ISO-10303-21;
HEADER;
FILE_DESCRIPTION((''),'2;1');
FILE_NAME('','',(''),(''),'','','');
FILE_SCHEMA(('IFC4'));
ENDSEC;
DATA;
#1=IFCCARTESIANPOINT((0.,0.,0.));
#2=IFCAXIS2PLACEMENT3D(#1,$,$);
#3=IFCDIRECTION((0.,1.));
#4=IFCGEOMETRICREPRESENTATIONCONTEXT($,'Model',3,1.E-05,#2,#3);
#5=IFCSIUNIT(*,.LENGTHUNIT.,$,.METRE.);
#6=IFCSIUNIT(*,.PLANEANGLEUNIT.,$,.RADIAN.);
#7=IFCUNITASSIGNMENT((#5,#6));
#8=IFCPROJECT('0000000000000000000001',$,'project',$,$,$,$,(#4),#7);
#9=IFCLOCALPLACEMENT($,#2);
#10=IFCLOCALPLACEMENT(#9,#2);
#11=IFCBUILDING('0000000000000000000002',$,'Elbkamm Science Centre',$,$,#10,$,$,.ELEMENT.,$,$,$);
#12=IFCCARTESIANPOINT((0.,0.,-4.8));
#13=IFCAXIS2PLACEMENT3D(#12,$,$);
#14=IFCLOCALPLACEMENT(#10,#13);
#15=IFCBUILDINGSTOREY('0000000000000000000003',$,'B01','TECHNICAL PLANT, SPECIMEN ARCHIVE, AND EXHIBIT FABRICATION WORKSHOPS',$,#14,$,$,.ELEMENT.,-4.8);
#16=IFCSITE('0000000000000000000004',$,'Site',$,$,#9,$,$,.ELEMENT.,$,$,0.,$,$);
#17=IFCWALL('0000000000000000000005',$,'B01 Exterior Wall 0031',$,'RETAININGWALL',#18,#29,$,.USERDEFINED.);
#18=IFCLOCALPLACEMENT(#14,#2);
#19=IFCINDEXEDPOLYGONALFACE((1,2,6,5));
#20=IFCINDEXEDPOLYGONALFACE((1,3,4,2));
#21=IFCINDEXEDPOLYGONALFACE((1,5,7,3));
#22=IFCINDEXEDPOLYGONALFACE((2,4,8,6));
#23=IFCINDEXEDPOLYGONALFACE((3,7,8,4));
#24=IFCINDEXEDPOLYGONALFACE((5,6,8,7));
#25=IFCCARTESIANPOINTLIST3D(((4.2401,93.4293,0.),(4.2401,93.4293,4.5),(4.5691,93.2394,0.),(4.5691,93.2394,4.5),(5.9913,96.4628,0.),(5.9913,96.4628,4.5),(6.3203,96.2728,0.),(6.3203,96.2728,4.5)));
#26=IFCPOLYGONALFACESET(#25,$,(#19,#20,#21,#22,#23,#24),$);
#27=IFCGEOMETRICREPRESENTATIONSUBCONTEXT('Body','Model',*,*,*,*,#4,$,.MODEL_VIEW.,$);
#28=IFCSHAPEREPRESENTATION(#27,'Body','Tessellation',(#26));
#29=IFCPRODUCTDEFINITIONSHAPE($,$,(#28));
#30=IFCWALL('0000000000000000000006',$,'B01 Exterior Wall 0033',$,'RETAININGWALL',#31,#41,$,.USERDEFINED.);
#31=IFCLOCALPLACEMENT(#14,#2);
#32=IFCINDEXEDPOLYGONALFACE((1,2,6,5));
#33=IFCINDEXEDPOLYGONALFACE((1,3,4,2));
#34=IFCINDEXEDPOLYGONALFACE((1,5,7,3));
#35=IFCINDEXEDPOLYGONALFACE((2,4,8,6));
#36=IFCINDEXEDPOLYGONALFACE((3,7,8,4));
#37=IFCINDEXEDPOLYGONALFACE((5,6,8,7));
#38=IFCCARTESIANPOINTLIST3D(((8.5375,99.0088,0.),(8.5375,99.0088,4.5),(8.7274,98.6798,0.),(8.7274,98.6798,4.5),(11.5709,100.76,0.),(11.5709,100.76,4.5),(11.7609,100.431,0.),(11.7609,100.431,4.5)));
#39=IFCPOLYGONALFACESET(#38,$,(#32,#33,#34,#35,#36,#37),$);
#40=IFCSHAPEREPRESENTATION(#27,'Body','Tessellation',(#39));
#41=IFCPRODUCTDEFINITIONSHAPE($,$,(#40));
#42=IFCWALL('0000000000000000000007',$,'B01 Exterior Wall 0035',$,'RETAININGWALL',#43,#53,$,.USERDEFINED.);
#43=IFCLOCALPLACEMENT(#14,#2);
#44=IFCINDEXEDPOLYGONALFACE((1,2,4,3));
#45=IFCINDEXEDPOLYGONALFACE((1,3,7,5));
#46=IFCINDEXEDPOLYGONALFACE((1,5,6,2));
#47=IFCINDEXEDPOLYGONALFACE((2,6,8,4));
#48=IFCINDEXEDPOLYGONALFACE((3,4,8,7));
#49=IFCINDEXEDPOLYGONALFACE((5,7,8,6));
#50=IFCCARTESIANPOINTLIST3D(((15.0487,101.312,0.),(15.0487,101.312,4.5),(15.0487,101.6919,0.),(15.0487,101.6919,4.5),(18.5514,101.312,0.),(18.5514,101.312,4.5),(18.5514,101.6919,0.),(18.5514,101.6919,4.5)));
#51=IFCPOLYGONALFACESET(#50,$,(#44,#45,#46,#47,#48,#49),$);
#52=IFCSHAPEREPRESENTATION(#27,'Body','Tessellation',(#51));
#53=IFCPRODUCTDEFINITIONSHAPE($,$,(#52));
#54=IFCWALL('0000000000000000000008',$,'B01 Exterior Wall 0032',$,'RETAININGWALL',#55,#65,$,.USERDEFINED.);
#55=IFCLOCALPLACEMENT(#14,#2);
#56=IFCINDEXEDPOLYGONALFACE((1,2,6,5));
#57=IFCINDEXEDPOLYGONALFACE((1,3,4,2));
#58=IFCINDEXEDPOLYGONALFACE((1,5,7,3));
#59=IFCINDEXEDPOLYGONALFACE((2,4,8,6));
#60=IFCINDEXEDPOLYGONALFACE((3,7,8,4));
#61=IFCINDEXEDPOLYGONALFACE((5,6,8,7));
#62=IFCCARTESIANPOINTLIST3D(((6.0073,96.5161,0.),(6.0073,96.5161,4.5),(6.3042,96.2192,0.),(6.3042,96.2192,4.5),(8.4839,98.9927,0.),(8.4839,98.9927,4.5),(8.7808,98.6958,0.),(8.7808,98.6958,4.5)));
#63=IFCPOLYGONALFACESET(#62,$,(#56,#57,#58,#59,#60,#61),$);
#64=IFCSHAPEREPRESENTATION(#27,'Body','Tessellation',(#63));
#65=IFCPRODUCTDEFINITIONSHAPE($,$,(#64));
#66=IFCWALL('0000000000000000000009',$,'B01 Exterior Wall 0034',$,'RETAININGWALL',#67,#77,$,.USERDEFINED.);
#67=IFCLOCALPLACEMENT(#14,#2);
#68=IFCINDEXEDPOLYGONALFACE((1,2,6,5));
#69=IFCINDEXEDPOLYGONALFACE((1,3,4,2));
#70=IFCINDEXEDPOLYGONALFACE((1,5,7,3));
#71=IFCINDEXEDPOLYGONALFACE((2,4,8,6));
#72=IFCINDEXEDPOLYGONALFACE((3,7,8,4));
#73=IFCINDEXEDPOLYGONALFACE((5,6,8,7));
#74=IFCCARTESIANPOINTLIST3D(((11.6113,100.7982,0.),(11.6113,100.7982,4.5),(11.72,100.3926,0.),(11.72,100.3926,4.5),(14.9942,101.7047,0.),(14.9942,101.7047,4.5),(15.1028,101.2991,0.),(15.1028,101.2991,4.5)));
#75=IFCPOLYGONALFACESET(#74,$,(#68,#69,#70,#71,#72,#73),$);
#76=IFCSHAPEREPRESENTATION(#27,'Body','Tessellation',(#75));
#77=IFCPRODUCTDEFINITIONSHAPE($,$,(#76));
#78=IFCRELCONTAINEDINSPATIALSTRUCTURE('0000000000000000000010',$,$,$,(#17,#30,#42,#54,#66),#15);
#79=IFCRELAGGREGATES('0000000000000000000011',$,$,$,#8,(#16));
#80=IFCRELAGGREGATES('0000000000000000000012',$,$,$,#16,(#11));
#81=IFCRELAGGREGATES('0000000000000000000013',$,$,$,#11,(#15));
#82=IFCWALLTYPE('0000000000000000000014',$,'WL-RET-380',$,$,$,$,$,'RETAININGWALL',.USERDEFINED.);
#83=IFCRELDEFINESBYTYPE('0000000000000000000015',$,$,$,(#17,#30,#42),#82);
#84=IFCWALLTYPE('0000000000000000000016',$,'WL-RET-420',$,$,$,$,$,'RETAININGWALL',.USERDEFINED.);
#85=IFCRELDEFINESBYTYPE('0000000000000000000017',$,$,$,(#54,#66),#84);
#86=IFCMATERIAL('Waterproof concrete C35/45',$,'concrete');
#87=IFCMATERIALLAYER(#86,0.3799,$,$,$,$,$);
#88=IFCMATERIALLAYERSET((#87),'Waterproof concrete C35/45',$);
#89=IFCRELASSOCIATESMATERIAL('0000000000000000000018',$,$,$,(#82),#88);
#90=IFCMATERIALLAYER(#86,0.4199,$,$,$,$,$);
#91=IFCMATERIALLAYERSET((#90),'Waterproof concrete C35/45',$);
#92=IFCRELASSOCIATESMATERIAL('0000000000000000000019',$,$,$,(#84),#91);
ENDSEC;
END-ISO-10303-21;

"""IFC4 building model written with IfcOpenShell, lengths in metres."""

from ifc_helpers import new_model, si_unit, direction, frame, frame_2d, origin, place, context, subcontext, project, spatial, rectangle, extrude, material, layer, layer_set, type_object, element, save


model = new_model("IFC4")

# Units and contexts
model_context = context("Model", 3, precision=1e-05, world=origin(), true_north=direction((0.0, 1.0)))
body_context = subcontext(model_context, "Body", "Model", "MODEL_VIEW")
ifc_project = project(units=[si_unit("LENGTHUNIT", "METRE"), si_unit("PLANEANGLEUNIT", "RADIAN")], contexts=[model_context])

# Site, building, storey
site_placement = place(None, origin())
site = spatial("IfcSite", under=ifc_project, at=site_placement, Name="Site", CompositionType="ELEMENT", RefElevation=0.0)
building_placement = place(site_placement, origin())
building = spatial("IfcBuilding", under=site, at=building_placement, Name="Elbkamm Science Centre", CompositionType="ELEMENT")
storey_placement = place(building_placement, frame((0.0, 0.0, -4.8)))
storey = spatial("IfcBuildingStorey", under=building, at=storey_placement, Name="B01", Description="TECHNICAL PLANT, SPECIMEN ARCHIVE, AND EXHIBIT FABRICATION WORKSHOPS", CompositionType="ELEMENT", Elevation=-4.8)

# Walls
ifc_material_1 = material(Name="Waterproof concrete C35/45", Category="concrete")
ifc_layer_1 = layer(ifc_material_1, 0.3799)
ifc_layer_set_1 = layer_set([ifc_layer_1], Name="Waterproof concrete C35/45")
wall_type_1 = type_object("IfcWallType", Name="WL-RET-380", ElementType="RETAININGWALL", PredefinedType="USERDEFINED", material=ifc_layer_set_1)
for number, where, z_axis, x_axis, name in (
    (1, (4.4045, 93.3342, 0.0), (0.0, 0.0, 1.0), (0.49997, 0.866043, 0.0), "B01 Exterior Wall 0031"),
    (2, (8.6323, 98.8442, 0.0), (0.0, 0.0, 1.0), (0.866043, 0.49997, 0.0), "B01 Exterior Wall 0033"),
    (3, (15.0486, 101.502, 0.0), (0.0, 0.0, 1.0), (1.0, 0.0, 0.0), "B01 Exterior Wall 0035"),
):
    element("IfcWall", number, at=place(storey_placement, frame(where, z_axis=z_axis, x_axis=x_axis)), inside=storey, type_object=wall_type_1, Name=name, ObjectType="RETAININGWALL", PredefinedType="USERDEFINED", context=body_context, shape_type="SweptSolid", body=[
        extrude(rectangle(XDim=3.5027, YDim=0.3799, at=frame_2d((1.7515, 0.0))), origin(), (0.0, 0.0, 1.0), 4.5),
    ])
ifc_layer_2 = layer(ifc_material_1, 0.4199)
ifc_layer_set_2 = layer_set([ifc_layer_2], Name="Waterproof concrete C35/45")
wall_type_2 = type_object("IfcWallType", Name="WL-RET-420", ElementType="RETAININGWALL", PredefinedType="USERDEFINED", material=ifc_layer_set_2)
wall_1_placement = place(storey_placement, frame((6.1558, 96.3677, 0.0), z_axis=(0.0, 0.0, 1.0), x_axis=(0.707107, 0.707107, 0.0)))
element("IfcWall", 4, at=wall_1_placement, inside=storey, type_object=wall_type_2, Name="B01 Exterior Wall 0032", ObjectType="RETAININGWALL", PredefinedType="USERDEFINED", context=body_context, shape_type="SweptSolid", body=[
    extrude(rectangle(XDim=3.5024, YDim=0.4199, at=frame_2d((1.7512, 0.0))), origin(), (0.0, 0.0, 1.0), 4.5),
])
wall_2_placement = place(storey_placement, frame((11.6658, 100.5955, 0.0), z_axis=(0.0, 0.0, 1.0), x_axis=(0.965921, 0.258838, 0.0)))
element("IfcWall", 5, at=wall_2_placement, inside=storey, type_object=wall_type_2, Name="B01 Exterior Wall 0034", ObjectType="RETAININGWALL", PredefinedType="USERDEFINED", context=body_context, shape_type="SweptSolid", body=[
    extrude(rectangle(XDim=3.5022, YDim=0.4199, at=frame_2d((1.751, 0.0))), origin(), (0.0, 0.0, 1.0), 4.5),
])

save(model, "model.ifc")
